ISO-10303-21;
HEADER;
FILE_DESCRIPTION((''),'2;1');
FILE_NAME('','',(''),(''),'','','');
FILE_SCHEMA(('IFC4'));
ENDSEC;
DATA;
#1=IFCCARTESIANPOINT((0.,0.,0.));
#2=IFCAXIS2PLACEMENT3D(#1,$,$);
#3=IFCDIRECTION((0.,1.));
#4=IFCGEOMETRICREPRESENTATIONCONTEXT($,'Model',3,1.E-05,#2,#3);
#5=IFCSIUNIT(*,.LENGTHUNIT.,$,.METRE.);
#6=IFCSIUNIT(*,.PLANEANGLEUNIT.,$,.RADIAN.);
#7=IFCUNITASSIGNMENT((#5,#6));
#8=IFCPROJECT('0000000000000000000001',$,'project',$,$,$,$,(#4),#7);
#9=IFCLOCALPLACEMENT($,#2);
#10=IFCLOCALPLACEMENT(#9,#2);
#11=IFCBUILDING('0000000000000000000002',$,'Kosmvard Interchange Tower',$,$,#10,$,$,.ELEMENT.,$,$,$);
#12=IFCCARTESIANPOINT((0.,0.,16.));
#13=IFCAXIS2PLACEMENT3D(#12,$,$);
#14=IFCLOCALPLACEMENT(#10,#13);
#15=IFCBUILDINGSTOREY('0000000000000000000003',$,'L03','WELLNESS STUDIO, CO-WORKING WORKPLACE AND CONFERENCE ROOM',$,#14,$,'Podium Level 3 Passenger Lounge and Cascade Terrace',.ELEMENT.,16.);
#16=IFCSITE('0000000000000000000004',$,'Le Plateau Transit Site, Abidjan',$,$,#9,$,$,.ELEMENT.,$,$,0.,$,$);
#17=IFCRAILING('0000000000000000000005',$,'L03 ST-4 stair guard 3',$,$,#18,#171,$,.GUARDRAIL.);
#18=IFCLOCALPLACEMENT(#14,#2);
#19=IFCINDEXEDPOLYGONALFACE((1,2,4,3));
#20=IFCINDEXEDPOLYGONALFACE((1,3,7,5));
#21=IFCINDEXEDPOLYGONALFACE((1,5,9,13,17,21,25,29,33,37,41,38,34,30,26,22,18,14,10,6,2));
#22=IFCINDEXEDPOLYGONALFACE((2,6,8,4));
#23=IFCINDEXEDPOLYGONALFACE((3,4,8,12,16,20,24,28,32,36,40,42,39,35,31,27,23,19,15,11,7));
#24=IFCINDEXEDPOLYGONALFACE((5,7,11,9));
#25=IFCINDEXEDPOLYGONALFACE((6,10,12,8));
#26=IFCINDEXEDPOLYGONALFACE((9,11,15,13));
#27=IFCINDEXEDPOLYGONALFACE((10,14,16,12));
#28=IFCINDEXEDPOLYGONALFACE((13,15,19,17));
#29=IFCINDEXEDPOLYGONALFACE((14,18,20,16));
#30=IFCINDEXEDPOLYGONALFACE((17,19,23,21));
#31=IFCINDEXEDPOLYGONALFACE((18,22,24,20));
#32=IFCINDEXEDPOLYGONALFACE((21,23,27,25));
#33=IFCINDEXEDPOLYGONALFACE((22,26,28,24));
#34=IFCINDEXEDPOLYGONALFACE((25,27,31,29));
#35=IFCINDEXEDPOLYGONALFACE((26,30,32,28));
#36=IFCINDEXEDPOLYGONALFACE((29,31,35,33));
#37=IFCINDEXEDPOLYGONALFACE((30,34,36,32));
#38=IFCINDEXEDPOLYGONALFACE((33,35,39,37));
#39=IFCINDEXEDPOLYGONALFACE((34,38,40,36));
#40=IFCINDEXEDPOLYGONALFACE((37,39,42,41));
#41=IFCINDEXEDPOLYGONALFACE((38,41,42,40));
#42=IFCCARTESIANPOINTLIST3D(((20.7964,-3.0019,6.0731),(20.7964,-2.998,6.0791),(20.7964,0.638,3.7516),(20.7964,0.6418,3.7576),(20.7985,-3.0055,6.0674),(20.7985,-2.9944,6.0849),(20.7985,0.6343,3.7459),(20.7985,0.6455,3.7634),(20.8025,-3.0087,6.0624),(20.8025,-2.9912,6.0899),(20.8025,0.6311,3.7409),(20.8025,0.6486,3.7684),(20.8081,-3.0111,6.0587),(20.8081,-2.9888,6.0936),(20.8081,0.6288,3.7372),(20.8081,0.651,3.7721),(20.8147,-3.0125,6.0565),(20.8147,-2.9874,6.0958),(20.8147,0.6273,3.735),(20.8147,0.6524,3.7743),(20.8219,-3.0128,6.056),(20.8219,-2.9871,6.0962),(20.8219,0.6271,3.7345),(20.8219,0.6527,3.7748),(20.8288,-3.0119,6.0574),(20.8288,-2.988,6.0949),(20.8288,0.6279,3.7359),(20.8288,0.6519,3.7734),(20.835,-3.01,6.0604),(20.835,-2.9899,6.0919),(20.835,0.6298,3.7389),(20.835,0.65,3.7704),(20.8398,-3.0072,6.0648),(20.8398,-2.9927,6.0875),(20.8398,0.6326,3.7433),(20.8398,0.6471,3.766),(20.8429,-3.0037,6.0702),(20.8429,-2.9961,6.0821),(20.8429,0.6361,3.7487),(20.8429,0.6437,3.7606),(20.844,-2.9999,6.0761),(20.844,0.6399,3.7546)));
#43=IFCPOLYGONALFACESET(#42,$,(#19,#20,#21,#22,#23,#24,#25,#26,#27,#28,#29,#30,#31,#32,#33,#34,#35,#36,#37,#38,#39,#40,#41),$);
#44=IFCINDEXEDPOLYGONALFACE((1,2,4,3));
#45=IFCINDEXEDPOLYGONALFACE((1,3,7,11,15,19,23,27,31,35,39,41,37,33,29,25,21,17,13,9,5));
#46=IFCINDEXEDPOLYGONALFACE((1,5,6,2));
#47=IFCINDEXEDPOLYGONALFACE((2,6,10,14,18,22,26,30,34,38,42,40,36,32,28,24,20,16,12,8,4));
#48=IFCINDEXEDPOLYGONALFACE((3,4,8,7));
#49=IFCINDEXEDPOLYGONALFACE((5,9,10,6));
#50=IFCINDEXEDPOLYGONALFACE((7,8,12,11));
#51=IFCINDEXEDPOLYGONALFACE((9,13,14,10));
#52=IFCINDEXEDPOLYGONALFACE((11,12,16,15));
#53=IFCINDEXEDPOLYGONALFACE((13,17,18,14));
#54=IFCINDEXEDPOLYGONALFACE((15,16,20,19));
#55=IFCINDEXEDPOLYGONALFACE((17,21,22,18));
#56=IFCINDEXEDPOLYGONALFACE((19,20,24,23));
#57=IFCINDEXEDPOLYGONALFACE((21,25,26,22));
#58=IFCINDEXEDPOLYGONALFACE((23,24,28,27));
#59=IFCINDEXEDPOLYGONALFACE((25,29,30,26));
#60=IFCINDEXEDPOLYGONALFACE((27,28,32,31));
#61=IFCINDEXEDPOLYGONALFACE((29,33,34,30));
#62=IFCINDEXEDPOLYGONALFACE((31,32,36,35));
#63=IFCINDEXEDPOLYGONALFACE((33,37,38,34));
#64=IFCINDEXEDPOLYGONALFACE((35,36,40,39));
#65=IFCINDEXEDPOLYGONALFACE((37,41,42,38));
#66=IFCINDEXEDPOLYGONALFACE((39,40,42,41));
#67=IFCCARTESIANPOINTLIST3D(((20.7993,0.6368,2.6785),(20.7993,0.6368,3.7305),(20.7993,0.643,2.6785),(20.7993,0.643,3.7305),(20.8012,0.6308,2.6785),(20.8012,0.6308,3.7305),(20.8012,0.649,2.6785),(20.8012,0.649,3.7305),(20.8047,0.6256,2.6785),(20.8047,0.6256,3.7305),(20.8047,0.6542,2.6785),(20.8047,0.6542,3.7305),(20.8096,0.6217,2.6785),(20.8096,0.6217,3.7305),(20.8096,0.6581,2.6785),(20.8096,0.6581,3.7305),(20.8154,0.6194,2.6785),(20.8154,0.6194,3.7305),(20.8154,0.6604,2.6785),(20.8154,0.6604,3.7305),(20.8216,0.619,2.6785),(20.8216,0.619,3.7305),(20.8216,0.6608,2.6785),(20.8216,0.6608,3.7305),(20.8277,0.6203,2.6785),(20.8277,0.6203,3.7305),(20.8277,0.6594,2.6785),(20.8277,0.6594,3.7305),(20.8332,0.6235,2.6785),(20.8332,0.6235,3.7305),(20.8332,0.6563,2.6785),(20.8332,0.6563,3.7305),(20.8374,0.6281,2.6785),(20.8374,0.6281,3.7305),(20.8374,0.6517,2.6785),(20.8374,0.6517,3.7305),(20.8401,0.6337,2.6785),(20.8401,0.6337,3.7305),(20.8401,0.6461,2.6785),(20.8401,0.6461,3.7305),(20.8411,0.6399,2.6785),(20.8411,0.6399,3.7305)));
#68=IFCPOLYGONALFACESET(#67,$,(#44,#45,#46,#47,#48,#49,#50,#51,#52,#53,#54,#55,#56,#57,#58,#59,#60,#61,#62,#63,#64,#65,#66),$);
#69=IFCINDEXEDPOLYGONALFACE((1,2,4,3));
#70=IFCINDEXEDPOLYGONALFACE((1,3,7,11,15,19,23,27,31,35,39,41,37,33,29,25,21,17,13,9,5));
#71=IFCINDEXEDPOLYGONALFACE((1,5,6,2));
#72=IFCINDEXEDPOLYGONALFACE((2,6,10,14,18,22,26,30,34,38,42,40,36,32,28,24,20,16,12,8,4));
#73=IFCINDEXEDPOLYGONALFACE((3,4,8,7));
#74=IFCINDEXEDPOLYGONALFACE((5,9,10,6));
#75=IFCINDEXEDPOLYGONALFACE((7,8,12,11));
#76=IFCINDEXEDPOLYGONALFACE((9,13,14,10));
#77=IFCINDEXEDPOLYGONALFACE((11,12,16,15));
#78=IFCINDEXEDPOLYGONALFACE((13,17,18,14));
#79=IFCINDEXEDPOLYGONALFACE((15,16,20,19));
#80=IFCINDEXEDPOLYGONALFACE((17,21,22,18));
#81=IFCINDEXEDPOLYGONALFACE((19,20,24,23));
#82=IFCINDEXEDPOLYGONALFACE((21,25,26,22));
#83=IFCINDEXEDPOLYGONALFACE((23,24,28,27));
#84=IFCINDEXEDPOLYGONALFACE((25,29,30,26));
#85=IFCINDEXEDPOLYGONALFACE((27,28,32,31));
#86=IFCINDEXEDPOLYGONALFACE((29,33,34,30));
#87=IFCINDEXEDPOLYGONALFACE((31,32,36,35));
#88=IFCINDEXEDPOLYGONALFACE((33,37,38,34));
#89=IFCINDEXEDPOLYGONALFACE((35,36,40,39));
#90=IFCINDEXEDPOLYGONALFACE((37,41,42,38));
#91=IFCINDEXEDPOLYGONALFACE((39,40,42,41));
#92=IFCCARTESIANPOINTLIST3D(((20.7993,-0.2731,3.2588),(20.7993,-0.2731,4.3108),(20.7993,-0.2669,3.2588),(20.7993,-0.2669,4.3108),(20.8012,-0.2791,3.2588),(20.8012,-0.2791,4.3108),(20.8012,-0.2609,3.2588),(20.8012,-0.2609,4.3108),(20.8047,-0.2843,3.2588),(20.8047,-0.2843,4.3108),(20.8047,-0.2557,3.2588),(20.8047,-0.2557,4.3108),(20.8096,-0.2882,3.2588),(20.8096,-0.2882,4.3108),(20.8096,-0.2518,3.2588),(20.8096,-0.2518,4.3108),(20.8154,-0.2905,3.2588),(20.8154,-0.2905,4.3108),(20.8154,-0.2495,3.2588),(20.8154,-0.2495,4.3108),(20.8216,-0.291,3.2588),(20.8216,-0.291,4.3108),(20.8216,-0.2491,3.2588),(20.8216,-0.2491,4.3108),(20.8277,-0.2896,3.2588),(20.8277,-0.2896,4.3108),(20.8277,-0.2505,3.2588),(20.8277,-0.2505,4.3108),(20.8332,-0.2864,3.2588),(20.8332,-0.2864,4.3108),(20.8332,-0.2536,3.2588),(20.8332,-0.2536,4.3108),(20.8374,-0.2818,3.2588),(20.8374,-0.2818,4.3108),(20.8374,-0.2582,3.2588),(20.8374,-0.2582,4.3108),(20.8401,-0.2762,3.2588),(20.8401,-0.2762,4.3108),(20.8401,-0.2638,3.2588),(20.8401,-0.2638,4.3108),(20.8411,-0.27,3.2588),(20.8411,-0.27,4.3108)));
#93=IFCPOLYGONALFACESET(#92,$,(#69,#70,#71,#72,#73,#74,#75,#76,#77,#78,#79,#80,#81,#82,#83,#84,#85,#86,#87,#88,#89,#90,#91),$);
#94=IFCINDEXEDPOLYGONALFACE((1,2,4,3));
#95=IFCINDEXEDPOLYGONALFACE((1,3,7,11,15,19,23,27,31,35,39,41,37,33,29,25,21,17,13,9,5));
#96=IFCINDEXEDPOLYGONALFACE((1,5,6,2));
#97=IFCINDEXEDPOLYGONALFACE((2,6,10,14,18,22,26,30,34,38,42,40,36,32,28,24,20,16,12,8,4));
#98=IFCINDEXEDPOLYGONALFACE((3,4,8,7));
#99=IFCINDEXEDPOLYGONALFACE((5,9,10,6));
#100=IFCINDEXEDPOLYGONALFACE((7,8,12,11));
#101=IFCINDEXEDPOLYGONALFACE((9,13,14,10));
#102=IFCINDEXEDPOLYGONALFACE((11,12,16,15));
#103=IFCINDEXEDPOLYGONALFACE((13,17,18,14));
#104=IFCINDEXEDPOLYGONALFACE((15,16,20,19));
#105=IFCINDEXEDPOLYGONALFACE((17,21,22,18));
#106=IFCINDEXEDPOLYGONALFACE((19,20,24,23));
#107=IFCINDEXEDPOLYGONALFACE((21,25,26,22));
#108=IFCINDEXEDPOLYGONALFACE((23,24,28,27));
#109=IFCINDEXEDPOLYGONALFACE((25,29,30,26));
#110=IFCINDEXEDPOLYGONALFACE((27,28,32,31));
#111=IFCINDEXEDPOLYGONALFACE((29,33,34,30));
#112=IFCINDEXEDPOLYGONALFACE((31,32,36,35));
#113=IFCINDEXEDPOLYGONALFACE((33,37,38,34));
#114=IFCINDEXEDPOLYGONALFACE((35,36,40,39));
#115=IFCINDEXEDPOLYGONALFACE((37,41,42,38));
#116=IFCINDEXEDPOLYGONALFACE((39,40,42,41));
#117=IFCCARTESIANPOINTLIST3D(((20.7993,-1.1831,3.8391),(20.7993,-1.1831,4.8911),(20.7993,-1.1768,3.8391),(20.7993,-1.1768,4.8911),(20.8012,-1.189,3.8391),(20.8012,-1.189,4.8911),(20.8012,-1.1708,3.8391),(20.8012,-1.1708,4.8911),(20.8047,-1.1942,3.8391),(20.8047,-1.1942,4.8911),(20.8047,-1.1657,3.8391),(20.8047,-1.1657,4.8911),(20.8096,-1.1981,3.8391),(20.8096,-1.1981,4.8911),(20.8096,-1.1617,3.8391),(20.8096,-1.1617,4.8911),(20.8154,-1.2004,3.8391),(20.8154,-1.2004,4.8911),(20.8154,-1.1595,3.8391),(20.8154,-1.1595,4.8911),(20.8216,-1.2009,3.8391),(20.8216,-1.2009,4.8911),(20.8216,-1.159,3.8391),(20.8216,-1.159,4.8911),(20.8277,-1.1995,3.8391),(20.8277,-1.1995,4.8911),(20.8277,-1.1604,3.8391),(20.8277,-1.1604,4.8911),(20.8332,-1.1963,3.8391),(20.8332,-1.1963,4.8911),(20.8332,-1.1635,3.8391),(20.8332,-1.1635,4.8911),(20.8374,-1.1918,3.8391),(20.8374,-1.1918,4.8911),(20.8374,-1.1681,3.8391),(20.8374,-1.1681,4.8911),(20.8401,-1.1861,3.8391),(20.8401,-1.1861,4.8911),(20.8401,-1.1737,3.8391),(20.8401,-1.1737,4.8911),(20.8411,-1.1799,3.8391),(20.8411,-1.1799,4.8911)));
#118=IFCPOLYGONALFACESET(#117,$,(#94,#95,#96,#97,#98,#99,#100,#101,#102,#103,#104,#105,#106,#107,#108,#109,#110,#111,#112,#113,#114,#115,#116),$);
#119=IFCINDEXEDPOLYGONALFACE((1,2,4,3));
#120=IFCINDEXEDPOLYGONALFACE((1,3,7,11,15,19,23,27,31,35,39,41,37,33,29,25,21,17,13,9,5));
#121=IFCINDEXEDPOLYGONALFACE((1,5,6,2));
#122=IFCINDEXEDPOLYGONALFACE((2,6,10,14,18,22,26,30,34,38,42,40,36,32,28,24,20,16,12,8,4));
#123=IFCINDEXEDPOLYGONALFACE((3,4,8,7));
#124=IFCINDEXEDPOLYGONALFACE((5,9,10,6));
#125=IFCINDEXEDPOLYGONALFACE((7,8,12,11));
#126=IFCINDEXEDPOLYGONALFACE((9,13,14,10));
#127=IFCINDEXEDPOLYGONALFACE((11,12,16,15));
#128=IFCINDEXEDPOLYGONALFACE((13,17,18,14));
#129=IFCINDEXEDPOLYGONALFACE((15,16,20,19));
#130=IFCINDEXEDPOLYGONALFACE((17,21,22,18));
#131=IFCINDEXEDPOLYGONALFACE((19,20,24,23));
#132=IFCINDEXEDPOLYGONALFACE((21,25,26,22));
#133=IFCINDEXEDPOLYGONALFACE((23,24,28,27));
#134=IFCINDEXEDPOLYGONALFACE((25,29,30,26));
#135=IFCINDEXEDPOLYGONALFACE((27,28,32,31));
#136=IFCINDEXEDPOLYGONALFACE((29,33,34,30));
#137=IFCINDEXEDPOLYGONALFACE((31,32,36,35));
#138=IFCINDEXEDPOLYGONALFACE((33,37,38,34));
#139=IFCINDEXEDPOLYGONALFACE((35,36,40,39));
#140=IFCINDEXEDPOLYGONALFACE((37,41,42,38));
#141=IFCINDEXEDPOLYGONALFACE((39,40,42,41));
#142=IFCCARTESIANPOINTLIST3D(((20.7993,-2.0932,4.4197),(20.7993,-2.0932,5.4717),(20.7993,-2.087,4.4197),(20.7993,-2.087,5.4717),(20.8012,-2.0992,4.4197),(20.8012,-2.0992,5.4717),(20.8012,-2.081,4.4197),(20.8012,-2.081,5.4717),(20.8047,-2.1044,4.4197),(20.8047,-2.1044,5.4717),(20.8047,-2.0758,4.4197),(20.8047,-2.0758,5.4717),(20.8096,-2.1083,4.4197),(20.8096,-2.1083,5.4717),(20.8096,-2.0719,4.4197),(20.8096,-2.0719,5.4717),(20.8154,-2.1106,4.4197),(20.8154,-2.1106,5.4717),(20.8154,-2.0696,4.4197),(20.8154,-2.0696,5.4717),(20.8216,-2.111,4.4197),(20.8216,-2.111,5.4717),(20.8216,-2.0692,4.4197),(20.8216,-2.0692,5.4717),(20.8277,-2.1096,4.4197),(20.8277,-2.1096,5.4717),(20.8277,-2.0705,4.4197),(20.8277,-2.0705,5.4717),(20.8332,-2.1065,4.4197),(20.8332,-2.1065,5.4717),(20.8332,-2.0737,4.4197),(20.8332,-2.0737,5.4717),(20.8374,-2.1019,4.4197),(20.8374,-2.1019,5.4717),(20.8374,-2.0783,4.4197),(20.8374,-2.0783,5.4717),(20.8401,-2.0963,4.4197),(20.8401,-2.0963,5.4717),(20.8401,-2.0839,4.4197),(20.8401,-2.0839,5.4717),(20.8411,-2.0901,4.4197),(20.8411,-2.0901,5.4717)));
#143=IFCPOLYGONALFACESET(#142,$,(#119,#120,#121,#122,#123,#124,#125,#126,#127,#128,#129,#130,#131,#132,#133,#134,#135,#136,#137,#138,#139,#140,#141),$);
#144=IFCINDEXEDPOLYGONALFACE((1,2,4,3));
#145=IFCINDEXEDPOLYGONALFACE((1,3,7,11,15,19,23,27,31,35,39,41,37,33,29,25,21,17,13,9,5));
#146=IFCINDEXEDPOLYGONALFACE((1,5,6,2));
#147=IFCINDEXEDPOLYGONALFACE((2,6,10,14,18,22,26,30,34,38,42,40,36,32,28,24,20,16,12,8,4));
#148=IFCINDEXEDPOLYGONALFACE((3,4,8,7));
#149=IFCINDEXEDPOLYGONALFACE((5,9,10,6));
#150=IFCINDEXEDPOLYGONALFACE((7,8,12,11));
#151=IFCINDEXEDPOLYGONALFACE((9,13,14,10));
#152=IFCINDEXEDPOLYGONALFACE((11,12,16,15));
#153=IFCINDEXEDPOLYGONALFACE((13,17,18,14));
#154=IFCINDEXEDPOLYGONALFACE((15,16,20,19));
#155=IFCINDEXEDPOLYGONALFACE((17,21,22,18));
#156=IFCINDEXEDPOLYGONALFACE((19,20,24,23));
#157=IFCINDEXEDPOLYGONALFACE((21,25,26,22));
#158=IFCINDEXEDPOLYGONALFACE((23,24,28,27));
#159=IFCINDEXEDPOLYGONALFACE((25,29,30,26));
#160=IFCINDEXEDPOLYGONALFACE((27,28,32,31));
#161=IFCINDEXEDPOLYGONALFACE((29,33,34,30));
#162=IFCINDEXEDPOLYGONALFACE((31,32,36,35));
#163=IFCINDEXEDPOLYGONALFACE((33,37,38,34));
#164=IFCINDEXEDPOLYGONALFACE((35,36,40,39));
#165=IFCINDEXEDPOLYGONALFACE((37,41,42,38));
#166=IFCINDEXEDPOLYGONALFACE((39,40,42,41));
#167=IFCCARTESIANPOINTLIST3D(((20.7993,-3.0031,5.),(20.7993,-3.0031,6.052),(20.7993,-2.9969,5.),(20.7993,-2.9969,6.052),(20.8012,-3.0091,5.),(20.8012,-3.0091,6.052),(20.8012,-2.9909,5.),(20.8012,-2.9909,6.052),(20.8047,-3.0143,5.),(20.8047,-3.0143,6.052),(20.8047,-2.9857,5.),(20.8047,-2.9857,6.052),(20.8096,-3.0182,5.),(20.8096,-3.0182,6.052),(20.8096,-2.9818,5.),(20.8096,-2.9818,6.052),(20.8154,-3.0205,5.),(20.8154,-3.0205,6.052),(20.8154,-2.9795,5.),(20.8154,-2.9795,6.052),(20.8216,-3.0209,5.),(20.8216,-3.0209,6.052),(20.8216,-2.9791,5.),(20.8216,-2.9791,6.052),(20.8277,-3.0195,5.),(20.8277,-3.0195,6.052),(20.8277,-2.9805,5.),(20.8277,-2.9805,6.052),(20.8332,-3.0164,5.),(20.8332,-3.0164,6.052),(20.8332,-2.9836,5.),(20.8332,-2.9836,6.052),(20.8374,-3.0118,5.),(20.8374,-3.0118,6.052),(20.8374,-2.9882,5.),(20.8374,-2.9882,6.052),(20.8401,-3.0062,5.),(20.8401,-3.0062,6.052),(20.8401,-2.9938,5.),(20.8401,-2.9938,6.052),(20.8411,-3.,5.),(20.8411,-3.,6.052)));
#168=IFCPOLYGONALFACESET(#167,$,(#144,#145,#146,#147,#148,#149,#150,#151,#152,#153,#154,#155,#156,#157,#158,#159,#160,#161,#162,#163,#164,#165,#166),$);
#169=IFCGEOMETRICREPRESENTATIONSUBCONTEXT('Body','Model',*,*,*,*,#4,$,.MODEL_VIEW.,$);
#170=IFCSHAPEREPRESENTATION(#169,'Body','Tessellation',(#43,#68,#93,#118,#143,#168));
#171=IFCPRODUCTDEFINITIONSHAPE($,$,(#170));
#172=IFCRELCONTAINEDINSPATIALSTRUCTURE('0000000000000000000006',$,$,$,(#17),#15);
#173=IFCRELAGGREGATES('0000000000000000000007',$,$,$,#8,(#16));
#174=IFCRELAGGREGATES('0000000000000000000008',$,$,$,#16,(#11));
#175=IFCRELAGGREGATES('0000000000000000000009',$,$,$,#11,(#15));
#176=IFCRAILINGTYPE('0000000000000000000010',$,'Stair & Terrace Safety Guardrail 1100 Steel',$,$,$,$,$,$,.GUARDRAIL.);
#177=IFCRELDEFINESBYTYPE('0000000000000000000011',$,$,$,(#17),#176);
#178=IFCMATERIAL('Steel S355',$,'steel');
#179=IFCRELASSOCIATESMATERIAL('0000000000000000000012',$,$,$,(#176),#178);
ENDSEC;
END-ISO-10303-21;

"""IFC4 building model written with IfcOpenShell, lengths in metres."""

from ifc_helpers import new_model, si_unit, direction, frame, origin, origin_2d, place, context, subcontext, project, spatial, circle, extrude, source, transform, mapped, material, type_object, element, save


model = new_model("IFC4")

# Units and contexts
model_context = context("Model", 3, precision=1e-05, world=origin(), true_north=direction((0.0, 1.0)))
body_context = subcontext(model_context, "Body", "Model", "MODEL_VIEW")
ifc_project = project(units=[si_unit("LENGTHUNIT", "METRE"), si_unit("PLANEANGLEUNIT", "RADIAN")], contexts=[model_context])

# Site, building, storey
site_placement = place(None, origin())
site = spatial("IfcSite", under=ifc_project, at=site_placement, Name="Le Plateau Transit Site, Abidjan", CompositionType="ELEMENT", RefElevation=0.0)
building_placement = place(site_placement, origin())
building = spatial("IfcBuilding", under=site, at=building_placement, Name="Kosmvard Interchange Tower", CompositionType="ELEMENT")
storey_placement = place(building_placement, frame((0.0, 0.0, 16.0)))
storey = spatial("IfcBuildingStorey", under=building, at=storey_placement, Name="L03", Description="WELLNESS STUDIO, CO-WORKING WORKPLACE AND CONFERENCE ROOM", LongName="Podium Level 3 Passenger Lounge and Cascade Terrace", CompositionType="ELEMENT", Elevation=16.0)

# Shared definitions
ifc_material_1 = material(Name="Steel S355", Category="steel")

# Railing
railing_type_1 = type_object("IfcRailingType", Name="Stair & Terrace Safety Guardrail 1100 Steel", PredefinedType="GUARDRAIL", material=ifc_material_1)
shared_shape_1 = source(origin(), body_context, "Body", "SweptSolid", [
    extrude(circle(Radius=0.0239, at=origin_2d()), frame((0.0, 0.0, 1.0762), z_axis=(0.0, -0.843112, 0.537739), x_axis=(1.0, 0.0, 0.0)), (0.0, 0.0, 1.0), 4.3171),
    extrude(circle(Radius=0.021, at=origin_2d()), origin(), (0.0, 0.0, 1.0), 1.052),
    extrude(circle(Radius=0.021, at=origin_2d()), frame((0.0, -0.9099, 0.5803)), (0.0, 0.0, 1.0), 1.052),
    extrude(circle(Radius=0.021, at=origin_2d()), frame((0.0, -1.8198, 1.1606)), (0.0, 0.0, 1.0), 1.052),
    extrude(circle(Radius=0.021, at=origin_2d()), frame((0.0, -2.73, 1.7412)), (0.0, 0.0, 1.0), 1.052),
    extrude(circle(Radius=0.021, at=origin_2d()), frame((0.0, -3.6399, 2.3215)), (0.0, 0.0, 1.0), 1.052),
])
railing_1_placement = place(storey_placement, frame((20.8201, 0.6399, 2.6785)))
element("IfcRailing", 1, at=railing_1_placement, inside=storey, type_object=railing_type_1, Name="L03 ST-4 stair guard 3", PredefinedType="GUARDRAIL", context=body_context, shape_type="MappedRepresentation", body=[
    mapped(shared_shape_1, transform((0.0, 0.0, 0.0), scale=1.0)),
])

save(model, "model.ifc")
